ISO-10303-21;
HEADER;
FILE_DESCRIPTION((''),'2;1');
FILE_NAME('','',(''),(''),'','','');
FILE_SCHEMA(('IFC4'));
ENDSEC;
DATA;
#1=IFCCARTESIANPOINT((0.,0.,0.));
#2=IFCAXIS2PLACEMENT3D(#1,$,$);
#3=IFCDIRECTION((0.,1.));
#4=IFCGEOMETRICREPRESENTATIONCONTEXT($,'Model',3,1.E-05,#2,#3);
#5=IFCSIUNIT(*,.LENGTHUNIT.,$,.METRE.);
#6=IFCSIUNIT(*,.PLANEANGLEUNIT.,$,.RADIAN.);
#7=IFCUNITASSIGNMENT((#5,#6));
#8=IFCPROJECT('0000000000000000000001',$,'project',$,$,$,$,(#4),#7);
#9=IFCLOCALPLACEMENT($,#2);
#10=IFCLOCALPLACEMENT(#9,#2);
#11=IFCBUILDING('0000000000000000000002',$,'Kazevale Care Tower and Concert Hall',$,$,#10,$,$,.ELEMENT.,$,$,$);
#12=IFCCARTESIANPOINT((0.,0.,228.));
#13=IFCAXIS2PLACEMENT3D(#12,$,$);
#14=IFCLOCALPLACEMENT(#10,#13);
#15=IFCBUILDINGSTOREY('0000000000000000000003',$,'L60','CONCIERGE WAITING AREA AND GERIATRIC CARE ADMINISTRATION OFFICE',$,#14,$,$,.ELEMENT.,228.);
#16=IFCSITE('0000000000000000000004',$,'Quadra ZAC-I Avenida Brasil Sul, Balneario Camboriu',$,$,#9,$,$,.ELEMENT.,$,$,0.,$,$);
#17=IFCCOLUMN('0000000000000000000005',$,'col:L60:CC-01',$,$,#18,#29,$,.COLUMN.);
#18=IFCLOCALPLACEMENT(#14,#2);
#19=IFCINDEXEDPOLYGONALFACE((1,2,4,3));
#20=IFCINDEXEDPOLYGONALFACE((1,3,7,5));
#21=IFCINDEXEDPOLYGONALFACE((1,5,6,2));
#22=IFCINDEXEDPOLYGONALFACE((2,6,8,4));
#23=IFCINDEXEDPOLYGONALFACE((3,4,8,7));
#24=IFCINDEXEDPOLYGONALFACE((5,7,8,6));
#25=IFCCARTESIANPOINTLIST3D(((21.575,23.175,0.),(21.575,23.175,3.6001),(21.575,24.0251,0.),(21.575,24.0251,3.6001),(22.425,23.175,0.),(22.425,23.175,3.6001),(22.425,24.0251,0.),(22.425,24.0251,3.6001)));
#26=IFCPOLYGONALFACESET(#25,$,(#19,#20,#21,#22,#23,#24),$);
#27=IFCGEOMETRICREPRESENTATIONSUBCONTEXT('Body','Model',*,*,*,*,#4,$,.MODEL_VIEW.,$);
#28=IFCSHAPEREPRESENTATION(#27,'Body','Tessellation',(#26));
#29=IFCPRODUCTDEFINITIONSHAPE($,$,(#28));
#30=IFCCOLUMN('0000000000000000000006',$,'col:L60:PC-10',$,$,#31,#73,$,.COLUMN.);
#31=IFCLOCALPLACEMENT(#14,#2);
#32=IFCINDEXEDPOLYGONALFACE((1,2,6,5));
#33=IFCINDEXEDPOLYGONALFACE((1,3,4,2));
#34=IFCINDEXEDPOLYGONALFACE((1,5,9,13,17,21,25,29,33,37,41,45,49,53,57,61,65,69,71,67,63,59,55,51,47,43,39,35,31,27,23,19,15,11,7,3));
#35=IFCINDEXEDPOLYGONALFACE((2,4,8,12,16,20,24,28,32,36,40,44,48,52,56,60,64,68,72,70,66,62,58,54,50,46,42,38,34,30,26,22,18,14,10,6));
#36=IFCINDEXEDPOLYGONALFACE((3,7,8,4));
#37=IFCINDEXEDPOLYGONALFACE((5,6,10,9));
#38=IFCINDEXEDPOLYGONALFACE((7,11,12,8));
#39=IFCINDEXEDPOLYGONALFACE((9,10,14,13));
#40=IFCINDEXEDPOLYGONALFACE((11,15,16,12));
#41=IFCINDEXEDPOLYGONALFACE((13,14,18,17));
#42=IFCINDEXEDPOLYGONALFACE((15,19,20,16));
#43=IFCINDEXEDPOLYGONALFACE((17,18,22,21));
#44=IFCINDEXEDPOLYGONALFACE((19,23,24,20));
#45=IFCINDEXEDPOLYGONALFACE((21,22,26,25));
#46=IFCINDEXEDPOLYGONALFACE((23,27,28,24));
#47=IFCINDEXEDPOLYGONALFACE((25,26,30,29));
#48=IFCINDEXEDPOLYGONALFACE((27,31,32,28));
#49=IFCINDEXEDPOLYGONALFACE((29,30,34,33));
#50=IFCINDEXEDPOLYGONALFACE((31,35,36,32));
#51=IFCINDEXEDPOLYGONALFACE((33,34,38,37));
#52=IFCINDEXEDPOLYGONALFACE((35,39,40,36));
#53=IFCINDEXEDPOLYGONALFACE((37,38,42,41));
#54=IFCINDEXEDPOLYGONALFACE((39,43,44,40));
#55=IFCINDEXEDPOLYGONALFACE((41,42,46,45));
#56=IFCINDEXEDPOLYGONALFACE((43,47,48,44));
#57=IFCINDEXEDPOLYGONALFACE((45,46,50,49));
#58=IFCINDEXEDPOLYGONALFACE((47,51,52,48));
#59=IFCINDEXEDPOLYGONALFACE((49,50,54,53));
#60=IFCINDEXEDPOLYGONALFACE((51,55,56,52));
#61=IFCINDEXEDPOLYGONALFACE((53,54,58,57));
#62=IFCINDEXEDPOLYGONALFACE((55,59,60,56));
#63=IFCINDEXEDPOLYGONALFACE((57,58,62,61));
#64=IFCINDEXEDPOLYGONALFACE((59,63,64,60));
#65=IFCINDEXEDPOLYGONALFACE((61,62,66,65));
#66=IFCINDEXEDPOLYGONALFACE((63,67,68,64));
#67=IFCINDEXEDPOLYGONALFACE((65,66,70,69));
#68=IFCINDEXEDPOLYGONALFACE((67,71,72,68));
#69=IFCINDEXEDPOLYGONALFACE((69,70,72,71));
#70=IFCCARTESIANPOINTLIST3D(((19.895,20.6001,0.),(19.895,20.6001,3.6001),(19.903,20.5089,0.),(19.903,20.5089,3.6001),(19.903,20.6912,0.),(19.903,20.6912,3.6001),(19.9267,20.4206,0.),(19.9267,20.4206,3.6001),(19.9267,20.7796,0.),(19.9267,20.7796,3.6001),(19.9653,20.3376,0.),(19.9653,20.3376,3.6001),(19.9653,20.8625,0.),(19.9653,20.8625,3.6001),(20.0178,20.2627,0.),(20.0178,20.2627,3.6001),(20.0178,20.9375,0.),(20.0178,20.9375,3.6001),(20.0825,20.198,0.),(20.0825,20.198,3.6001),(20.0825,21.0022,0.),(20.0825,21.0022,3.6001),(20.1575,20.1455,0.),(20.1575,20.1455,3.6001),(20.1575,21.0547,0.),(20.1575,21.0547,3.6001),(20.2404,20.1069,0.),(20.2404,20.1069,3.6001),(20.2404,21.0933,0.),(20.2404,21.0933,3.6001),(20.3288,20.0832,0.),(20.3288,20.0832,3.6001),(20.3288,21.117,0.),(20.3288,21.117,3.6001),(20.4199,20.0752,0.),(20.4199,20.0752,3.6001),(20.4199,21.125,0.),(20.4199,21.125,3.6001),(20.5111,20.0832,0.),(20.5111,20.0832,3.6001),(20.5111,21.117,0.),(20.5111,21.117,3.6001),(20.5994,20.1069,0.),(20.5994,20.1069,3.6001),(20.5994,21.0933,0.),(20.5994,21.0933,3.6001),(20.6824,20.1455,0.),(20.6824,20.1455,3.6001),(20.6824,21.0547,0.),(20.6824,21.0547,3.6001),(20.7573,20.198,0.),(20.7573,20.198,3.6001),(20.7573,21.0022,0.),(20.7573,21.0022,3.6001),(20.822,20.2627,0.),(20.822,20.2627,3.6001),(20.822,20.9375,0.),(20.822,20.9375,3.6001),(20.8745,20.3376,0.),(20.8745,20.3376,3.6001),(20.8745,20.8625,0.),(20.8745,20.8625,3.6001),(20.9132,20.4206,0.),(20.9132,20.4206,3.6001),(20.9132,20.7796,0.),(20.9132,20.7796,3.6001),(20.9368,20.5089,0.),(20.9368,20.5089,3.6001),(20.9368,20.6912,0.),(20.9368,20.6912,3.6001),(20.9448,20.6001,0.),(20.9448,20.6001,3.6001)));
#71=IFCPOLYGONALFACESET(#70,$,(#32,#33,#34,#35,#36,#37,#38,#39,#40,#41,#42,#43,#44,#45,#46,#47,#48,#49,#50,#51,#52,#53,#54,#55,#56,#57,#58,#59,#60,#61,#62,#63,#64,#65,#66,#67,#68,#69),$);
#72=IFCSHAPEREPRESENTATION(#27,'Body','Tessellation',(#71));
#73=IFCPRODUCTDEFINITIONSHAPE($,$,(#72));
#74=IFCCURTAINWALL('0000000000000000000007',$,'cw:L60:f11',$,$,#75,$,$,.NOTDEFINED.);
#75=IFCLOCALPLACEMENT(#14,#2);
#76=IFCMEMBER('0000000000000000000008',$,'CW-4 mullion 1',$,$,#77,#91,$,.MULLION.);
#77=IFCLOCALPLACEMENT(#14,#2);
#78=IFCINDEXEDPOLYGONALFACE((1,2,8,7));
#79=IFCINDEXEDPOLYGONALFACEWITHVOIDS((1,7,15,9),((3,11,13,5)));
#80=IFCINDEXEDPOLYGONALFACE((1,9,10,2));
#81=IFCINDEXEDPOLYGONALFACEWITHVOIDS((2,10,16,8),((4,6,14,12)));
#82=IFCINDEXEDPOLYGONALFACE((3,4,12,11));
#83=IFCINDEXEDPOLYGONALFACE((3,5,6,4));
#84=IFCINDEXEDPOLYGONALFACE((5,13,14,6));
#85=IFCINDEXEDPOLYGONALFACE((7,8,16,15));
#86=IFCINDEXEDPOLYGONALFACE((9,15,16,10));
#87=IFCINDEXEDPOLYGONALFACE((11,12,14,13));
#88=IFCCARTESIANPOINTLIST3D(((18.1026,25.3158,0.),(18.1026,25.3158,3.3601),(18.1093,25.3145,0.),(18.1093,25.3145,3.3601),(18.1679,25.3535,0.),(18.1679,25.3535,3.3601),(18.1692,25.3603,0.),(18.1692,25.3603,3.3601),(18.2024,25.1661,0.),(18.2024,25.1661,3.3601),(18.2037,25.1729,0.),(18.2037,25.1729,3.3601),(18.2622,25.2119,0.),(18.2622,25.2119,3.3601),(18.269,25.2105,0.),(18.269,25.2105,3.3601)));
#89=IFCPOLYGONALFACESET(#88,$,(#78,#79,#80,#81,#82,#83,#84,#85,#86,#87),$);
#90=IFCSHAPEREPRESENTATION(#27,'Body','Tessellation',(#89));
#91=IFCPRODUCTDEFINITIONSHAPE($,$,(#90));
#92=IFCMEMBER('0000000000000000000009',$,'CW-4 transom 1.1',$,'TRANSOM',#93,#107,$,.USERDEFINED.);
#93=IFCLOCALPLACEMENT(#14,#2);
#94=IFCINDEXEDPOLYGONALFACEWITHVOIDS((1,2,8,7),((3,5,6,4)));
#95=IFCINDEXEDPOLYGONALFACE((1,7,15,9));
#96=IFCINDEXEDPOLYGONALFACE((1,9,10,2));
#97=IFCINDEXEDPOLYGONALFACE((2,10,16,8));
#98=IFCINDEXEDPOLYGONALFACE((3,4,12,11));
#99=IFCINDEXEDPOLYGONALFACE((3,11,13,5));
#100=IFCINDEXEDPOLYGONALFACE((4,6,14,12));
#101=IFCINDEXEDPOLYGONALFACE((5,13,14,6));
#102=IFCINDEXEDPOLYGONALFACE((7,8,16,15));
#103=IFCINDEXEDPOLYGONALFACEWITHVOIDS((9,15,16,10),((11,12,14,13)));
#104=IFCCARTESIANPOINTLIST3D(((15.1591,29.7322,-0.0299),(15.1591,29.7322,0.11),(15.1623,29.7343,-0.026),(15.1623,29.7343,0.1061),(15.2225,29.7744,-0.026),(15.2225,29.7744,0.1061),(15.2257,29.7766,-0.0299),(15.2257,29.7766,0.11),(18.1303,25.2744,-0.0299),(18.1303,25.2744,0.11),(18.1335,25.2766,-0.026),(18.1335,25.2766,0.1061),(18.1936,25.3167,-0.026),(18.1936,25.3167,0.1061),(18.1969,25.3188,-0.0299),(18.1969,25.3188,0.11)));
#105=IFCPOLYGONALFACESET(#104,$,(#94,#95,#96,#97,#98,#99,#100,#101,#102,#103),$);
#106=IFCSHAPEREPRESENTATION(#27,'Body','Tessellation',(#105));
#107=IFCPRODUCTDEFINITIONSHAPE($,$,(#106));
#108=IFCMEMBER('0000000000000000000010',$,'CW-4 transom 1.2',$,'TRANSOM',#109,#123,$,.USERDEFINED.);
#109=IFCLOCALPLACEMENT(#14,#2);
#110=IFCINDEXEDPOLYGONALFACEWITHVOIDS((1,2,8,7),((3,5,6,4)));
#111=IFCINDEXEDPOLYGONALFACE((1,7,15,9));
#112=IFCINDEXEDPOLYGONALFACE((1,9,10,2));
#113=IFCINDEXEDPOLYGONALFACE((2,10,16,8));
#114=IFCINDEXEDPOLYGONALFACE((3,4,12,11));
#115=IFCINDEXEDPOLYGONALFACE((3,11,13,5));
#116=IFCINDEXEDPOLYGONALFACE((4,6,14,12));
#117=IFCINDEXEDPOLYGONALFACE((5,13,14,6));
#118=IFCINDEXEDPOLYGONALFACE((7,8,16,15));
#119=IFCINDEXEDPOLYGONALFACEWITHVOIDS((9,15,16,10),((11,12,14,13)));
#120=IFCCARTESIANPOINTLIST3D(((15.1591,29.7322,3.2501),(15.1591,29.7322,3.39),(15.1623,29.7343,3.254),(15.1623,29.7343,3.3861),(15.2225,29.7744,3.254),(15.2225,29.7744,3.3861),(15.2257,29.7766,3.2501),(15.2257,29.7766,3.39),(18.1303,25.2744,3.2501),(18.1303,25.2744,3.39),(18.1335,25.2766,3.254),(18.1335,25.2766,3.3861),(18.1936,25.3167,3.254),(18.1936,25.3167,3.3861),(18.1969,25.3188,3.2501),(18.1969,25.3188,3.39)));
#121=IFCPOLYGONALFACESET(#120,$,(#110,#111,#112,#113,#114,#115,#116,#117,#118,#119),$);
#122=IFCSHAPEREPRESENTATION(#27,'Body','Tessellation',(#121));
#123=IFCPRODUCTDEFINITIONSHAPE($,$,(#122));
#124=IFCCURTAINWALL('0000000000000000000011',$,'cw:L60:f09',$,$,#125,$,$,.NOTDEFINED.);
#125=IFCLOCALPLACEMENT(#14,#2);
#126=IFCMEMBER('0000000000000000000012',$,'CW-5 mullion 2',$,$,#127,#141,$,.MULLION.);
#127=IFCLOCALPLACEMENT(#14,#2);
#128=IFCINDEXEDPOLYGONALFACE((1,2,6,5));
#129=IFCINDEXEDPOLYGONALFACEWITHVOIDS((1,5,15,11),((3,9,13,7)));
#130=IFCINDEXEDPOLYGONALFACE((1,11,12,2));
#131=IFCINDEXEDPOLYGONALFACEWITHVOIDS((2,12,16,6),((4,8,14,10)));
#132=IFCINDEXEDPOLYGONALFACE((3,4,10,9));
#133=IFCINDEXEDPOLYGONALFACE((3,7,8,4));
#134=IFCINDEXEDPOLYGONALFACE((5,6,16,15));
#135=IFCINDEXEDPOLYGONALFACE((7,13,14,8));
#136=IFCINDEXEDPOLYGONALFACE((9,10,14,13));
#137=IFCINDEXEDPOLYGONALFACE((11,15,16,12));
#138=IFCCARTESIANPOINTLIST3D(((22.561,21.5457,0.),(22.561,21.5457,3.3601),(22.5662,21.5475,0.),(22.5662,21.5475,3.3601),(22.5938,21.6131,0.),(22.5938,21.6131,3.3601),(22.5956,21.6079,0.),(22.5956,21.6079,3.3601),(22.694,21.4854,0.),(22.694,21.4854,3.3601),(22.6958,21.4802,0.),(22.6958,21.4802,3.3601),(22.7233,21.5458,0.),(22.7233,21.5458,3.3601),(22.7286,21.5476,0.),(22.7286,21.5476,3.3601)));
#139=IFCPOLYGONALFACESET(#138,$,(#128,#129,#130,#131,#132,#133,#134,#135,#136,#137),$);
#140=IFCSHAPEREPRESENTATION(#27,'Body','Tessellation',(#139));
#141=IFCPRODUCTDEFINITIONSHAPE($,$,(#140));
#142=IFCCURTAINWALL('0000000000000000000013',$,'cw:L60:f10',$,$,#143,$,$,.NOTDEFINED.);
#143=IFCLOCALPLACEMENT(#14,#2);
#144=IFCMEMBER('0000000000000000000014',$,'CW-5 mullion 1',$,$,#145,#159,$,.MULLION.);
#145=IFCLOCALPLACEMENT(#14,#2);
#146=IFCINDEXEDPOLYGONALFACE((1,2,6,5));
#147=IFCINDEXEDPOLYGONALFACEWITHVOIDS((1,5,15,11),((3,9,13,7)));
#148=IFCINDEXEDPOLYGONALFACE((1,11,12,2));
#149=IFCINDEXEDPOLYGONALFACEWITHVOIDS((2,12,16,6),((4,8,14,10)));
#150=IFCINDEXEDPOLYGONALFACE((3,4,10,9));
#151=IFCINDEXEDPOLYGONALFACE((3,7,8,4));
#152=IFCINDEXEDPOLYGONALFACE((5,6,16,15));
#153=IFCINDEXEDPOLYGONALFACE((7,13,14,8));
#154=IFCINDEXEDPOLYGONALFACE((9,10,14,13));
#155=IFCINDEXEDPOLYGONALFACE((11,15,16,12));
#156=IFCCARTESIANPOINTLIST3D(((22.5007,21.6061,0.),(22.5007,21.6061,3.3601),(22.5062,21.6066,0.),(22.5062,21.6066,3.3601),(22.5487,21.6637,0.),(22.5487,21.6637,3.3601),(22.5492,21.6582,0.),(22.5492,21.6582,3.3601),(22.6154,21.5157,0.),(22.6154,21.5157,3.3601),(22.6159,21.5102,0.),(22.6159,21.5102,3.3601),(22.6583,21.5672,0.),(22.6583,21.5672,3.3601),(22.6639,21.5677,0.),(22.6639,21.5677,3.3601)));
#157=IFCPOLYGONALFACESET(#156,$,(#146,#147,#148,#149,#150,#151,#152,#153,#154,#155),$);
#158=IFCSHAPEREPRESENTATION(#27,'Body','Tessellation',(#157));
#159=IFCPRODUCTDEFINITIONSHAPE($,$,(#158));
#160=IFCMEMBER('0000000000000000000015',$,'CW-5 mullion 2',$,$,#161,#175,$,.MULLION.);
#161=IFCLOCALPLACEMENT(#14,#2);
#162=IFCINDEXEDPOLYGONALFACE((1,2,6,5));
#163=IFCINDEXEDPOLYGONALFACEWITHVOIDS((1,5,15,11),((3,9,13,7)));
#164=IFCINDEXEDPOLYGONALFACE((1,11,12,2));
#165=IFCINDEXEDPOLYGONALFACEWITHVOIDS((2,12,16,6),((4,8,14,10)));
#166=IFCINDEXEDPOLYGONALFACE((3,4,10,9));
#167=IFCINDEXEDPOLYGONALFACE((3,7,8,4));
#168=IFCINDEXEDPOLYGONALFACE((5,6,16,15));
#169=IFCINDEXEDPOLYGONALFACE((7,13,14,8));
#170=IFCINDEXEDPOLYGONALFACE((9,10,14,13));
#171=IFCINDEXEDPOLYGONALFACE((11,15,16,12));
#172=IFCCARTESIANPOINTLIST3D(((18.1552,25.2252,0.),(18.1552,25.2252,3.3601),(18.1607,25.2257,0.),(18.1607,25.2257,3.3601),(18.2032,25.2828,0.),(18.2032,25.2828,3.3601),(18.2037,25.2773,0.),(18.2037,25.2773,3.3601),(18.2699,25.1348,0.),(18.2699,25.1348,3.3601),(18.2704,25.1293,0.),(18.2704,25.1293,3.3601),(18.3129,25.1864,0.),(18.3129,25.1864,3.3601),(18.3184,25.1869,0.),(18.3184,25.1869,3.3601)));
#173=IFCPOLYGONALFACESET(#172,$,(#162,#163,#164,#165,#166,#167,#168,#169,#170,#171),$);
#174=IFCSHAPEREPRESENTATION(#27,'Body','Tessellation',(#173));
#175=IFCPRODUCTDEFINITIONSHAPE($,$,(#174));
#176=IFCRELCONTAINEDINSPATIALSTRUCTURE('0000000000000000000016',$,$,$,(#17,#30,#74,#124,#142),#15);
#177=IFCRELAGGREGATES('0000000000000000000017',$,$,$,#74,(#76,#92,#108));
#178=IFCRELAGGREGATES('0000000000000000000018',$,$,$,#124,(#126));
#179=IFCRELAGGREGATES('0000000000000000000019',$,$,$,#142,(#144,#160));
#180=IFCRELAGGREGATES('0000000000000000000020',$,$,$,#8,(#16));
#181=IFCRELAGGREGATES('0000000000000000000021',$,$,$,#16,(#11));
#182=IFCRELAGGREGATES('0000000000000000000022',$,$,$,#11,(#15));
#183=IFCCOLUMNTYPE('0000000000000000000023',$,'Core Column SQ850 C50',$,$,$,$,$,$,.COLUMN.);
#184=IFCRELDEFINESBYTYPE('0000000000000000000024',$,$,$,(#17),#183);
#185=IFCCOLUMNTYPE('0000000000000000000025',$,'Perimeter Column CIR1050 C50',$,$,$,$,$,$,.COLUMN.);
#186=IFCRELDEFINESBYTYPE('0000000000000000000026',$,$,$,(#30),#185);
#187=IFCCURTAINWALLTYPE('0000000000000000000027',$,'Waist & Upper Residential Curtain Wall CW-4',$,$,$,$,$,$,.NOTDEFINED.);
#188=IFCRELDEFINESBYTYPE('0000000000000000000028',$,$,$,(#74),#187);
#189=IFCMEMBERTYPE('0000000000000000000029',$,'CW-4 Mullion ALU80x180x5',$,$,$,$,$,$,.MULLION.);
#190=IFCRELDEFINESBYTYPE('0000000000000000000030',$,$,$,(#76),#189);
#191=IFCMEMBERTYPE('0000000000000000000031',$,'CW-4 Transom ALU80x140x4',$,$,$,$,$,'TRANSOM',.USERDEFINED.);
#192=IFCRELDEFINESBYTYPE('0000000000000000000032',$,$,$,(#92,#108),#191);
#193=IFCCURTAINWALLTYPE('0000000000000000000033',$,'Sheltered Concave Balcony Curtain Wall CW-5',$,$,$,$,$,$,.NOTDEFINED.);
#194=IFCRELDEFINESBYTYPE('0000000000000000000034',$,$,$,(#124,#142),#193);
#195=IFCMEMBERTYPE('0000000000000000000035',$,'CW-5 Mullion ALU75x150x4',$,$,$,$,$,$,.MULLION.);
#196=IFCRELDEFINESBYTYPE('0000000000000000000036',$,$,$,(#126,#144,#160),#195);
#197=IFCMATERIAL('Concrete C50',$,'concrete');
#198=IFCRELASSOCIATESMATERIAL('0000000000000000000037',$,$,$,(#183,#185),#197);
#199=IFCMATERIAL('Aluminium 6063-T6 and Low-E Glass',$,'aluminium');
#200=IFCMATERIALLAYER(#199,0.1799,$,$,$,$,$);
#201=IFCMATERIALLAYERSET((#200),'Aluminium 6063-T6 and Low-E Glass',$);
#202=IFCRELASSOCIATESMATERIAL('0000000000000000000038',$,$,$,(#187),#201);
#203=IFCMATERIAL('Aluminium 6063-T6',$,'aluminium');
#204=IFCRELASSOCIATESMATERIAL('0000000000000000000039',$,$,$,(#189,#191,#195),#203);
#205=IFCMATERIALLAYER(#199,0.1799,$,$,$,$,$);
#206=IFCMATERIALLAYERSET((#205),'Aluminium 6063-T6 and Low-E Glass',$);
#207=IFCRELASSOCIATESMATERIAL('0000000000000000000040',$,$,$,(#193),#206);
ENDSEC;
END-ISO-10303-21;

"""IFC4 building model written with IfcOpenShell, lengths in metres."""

from ifc_helpers import new_model, si_unit, direction, frame, origin, origin_2d, place, context, subcontext, project, spatial, rectangle, hollow_rectangle, circle, extrude, material, layer, layer_set, material_profile, profile_set, type_object, element, aggregate, save


model = new_model("IFC4")

# Units and contexts
model_context = context("Model", 3, precision=1e-05, world=origin(), true_north=direction((0.0, 1.0)))
body_context = subcontext(model_context, "Body", "Model", "MODEL_VIEW")
ifc_project = project(units=[si_unit("LENGTHUNIT", "METRE"), si_unit("PLANEANGLEUNIT", "RADIAN")], contexts=[model_context])

# Site, building, storey
site_placement = place(None, origin())
site = spatial("IfcSite", under=ifc_project, at=site_placement, Name="Quadra ZAC-I Avenida Brasil Sul, Balneario Camboriu", CompositionType="ELEMENT", RefElevation=0.0)
building_placement = place(site_placement, origin())
building = spatial("IfcBuilding", under=site, at=building_placement, Name="Kazevale Care Tower and Concert Hall", CompositionType="ELEMENT")
storey_placement = place(building_placement, frame((0.0, 0.0, 228.0)))
storey = spatial("IfcBuildingStorey", under=building, at=storey_placement, Name="L60", Description="CONCIERGE WAITING AREA AND GERIATRIC CARE ADMINISTRATION OFFICE", CompositionType="ELEMENT", Elevation=228.0)

# Columns
ifc_material_1 = material(Name="Concrete C50", Category="concrete")
ifc_material_profile_1 = material_profile(ifc_material_1, rectangle(XDim=0.8501, YDim=0.8501, at=origin_2d()), Name="RC-SQ850")
ifc_profile_set_1 = profile_set([ifc_material_profile_1], Name="Concrete C50")
column_type_1 = type_object("IfcColumnType", Name="Core Column SQ850 C50", PredefinedType="COLUMN", material=ifc_profile_set_1)
column_1_placement = place(storey_placement, frame((22.0, 23.6001, 0.0), z_axis=(0.0, 0.0, 1.0), x_axis=(1.0, 0.0, 0.0)))
element("IfcColumn", 1, at=column_1_placement, inside=storey, type_object=column_type_1, Name="col:L60:CC-01", PredefinedType="COLUMN", context=body_context, shape_type="SweptSolid", body=[
    extrude(rectangle(XDim=0.8501, YDim=0.8501, at=origin_2d()), origin(), (0.0, 0.0, 1.0), 3.6001),
])
ifc_material_profile_2 = material_profile(ifc_material_1, circle(Radius=0.5249, at=origin_2d()), Name="RC-CIR1050")
ifc_profile_set_2 = profile_set([ifc_material_profile_2], Name="Concrete C50")
column_type_2 = type_object("IfcColumnType", Name="Perimeter Column CIR1050 C50", PredefinedType="COLUMN", material=ifc_profile_set_2)
column_2_placement = place(storey_placement, frame((20.4199, 20.6001, 0.0), z_axis=(0.0, 0.0, 1.0), x_axis=(1.0, 0.0, 0.0)))
element("IfcColumn", 2, at=column_2_placement, inside=storey, type_object=column_type_2, Name="col:L60:PC-10", PredefinedType="COLUMN", context=body_context, shape_type="SweptSolid", body=[
    extrude(circle(Radius=0.5249, at=origin_2d()), origin(), (0.0, 0.0, 1.0), 3.6001),
])

# Curtain wall, members
ifc_material_2 = material(Name="Aluminium 6063-T6 and Low-E Glass", Category="aluminium")
ifc_layer_1 = layer(ifc_material_2, 0.1799)
ifc_layer_set_1 = layer_set([ifc_layer_1], Name="Aluminium 6063-T6 and Low-E Glass")
curtain_wall_type_1 = type_object("IfcCurtainWallType", Name="Waist & Upper Residential Curtain Wall CW-4", PredefinedType="NOTDEFINED", material=ifc_layer_set_1)
curtain_wall_1_placement = place(storey_placement, origin())
curtain_wall_1 = element("IfcCurtainWall", 3, at=curtain_wall_1_placement, inside=storey, type_object=curtain_wall_type_1, Name="cw:L60:f11", PredefinedType="NOTDEFINED")
ifc_material_3 = material(Name="Aluminium 6063-T6", Category="aluminium")
ifc_material_profile_3 = material_profile(ifc_material_3, hollow_rectangle(XDim=0.0801, YDim=0.1799, WallThickness=0.0049, at=origin_2d()), Name="ALU80x180x5")
ifc_profile_set_3 = profile_set([ifc_material_profile_3], Name="Aluminium 6063-T6")
member_type_1 = type_object("IfcMemberType", Name="CW-4 Mullion ALU80x180x5", PredefinedType="MULLION", material=ifc_profile_set_3)
member_1_placement = place(storey_placement, frame((18.1858, 25.2632, 0.0), z_axis=(0.0, 0.0, 1.0), x_axis=(-0.832106, -0.554617, 0.0)))
member_1 = element("IfcMember", 4, at=member_1_placement, type_object=member_type_1, Name="CW-4 mullion 1", PredefinedType="MULLION", context=body_context, shape_type="SweptSolid", body=[
    extrude(hollow_rectangle(XDim=0.0801, YDim=0.1799, WallThickness=0.0049, at=origin_2d()), origin(), (0.0, 0.0, 1.0), 3.3601),
])
ifc_material_profile_4 = material_profile(ifc_material_3, hollow_rectangle(XDim=0.0801, YDim=0.1399, WallThickness=0.0039, at=origin_2d()), Name="ALU80x140x4")
ifc_profile_set_4 = profile_set([ifc_material_profile_4], Name="Aluminium 6063-T6")
member_type_2 = type_object("IfcMemberType", Name="CW-4 Transom ALU80x140x4", ElementType="TRANSOM", PredefinedType="USERDEFINED", material=ifc_profile_set_4)
member_2_placement = place(storey_placement, frame((18.1636, 25.2966, 0.04), z_axis=(-0.554616, 0.832106, 0.0), x_axis=(-0.832106, -0.554616, 0.0)))
member_2 = element("IfcMember", 5, at=member_2_placement, type_object=member_type_2, Name="CW-4 transom 1.1", ObjectType="TRANSOM", PredefinedType="USERDEFINED", context=body_context, shape_type="SweptSolid", body=[
    extrude(hollow_rectangle(XDim=0.0801, YDim=0.1399, WallThickness=0.0039, at=origin_2d()), origin(), (0.0, 0.0, 1.0), 5.3572),
])
member_3_placement = place(storey_placement, frame((18.1636, 25.2966, 3.3201), z_axis=(-0.554616, 0.832106, 0.0), x_axis=(-0.832106, -0.554616, 0.0)))
member_3 = element("IfcMember", 6, at=member_3_placement, type_object=member_type_2, Name="CW-4 transom 1.2", ObjectType="TRANSOM", PredefinedType="USERDEFINED", context=body_context, shape_type="SweptSolid", body=[
    extrude(hollow_rectangle(XDim=0.0801, YDim=0.1399, WallThickness=0.0039, at=origin_2d()), origin(), (0.0, 0.0, 1.0), 5.3572),
])

# Curtain wall, member
ifc_layer_2 = layer(ifc_material_2, 0.1799)
ifc_layer_set_2 = layer_set([ifc_layer_2], Name="Aluminium 6063-T6 and Low-E Glass")
curtain_wall_type_2 = type_object("IfcCurtainWallType", Name="Sheltered Concave Balcony Curtain Wall CW-5", PredefinedType="NOTDEFINED", material=ifc_layer_set_2)
curtain_wall_2_placement = place(storey_placement, origin())
curtain_wall_2 = element("IfcCurtainWall", 7, at=curtain_wall_2_placement, inside=storey, type_object=curtain_wall_type_2, Name="cw:L60:f09", PredefinedType="NOTDEFINED")
ifc_material_profile_5 = material_profile(ifc_material_3, hollow_rectangle(XDim=0.075, YDim=0.1499, WallThickness=0.0039, at=origin_2d()), Name="ALU75x150x4")
ifc_profile_set_5 = profile_set([ifc_material_profile_5], Name="Aluminium 6063-T6")
member_type_3 = type_object("IfcMemberType", Name="CW-5 Mullion ALU75x150x4", PredefinedType="MULLION", material=ifc_profile_set_5)
member_4_placement = place(storey_placement, frame((22.6448, 21.5466, 0.0), z_axis=(0.0, 0.0, 1.0), x_axis=(-0.437238, -0.899346, 0.0)))
member_4 = element("IfcMember", 8, at=member_4_placement, type_object=member_type_3, Name="CW-5 mullion 2", PredefinedType="MULLION", context=body_context, shape_type="SweptSolid", body=[
    extrude(hollow_rectangle(XDim=0.075, YDim=0.1499, WallThickness=0.0039, at=origin_2d()), origin(), (0.0, 0.0, 1.0), 3.3601),
])

# Curtain wall, members
curtain_wall_3_placement = place(storey_placement, origin())
curtain_wall_3 = element("IfcCurtainWall", 9, at=curtain_wall_3_placement, inside=storey, type_object=curtain_wall_type_2, Name="cw:L60:f10", PredefinedType="NOTDEFINED")
member_5_placement = place(storey_placement, frame((22.5823, 21.5869, 0.0), z_axis=(0.0, 0.0, 1.0), x_axis=(-0.639961, -0.768407, 0.0)))
member_5 = element("IfcMember", 10, at=member_5_placement, type_object=member_type_3, Name="CW-5 mullion 1", PredefinedType="MULLION", context=body_context, shape_type="SweptSolid", body=[
    extrude(hollow_rectangle(XDim=0.075, YDim=0.1499, WallThickness=0.0039, at=origin_2d()), origin(), (0.0, 0.0, 1.0), 3.3601),
])
member_6_placement = place(storey_placement, frame((18.2368, 25.2061, 0.0), z_axis=(0.0, 0.0, 1.0), x_axis=(-0.639961, -0.768407, 0.0)))
member_6 = element("IfcMember", 11, at=member_6_placement, type_object=member_type_3, Name="CW-5 mullion 2", PredefinedType="MULLION", context=body_context, shape_type="SweptSolid", body=[
    extrude(hollow_rectangle(XDim=0.075, YDim=0.1499, WallThickness=0.0039, at=origin_2d()), origin(), (0.0, 0.0, 1.0), 3.3601),
])

aggregate(curtain_wall_1, [member_1, member_2, member_3])
aggregate(curtain_wall_2, [member_4])
aggregate(curtain_wall_3, [member_5, member_6])

save(model, "model.ifc")
